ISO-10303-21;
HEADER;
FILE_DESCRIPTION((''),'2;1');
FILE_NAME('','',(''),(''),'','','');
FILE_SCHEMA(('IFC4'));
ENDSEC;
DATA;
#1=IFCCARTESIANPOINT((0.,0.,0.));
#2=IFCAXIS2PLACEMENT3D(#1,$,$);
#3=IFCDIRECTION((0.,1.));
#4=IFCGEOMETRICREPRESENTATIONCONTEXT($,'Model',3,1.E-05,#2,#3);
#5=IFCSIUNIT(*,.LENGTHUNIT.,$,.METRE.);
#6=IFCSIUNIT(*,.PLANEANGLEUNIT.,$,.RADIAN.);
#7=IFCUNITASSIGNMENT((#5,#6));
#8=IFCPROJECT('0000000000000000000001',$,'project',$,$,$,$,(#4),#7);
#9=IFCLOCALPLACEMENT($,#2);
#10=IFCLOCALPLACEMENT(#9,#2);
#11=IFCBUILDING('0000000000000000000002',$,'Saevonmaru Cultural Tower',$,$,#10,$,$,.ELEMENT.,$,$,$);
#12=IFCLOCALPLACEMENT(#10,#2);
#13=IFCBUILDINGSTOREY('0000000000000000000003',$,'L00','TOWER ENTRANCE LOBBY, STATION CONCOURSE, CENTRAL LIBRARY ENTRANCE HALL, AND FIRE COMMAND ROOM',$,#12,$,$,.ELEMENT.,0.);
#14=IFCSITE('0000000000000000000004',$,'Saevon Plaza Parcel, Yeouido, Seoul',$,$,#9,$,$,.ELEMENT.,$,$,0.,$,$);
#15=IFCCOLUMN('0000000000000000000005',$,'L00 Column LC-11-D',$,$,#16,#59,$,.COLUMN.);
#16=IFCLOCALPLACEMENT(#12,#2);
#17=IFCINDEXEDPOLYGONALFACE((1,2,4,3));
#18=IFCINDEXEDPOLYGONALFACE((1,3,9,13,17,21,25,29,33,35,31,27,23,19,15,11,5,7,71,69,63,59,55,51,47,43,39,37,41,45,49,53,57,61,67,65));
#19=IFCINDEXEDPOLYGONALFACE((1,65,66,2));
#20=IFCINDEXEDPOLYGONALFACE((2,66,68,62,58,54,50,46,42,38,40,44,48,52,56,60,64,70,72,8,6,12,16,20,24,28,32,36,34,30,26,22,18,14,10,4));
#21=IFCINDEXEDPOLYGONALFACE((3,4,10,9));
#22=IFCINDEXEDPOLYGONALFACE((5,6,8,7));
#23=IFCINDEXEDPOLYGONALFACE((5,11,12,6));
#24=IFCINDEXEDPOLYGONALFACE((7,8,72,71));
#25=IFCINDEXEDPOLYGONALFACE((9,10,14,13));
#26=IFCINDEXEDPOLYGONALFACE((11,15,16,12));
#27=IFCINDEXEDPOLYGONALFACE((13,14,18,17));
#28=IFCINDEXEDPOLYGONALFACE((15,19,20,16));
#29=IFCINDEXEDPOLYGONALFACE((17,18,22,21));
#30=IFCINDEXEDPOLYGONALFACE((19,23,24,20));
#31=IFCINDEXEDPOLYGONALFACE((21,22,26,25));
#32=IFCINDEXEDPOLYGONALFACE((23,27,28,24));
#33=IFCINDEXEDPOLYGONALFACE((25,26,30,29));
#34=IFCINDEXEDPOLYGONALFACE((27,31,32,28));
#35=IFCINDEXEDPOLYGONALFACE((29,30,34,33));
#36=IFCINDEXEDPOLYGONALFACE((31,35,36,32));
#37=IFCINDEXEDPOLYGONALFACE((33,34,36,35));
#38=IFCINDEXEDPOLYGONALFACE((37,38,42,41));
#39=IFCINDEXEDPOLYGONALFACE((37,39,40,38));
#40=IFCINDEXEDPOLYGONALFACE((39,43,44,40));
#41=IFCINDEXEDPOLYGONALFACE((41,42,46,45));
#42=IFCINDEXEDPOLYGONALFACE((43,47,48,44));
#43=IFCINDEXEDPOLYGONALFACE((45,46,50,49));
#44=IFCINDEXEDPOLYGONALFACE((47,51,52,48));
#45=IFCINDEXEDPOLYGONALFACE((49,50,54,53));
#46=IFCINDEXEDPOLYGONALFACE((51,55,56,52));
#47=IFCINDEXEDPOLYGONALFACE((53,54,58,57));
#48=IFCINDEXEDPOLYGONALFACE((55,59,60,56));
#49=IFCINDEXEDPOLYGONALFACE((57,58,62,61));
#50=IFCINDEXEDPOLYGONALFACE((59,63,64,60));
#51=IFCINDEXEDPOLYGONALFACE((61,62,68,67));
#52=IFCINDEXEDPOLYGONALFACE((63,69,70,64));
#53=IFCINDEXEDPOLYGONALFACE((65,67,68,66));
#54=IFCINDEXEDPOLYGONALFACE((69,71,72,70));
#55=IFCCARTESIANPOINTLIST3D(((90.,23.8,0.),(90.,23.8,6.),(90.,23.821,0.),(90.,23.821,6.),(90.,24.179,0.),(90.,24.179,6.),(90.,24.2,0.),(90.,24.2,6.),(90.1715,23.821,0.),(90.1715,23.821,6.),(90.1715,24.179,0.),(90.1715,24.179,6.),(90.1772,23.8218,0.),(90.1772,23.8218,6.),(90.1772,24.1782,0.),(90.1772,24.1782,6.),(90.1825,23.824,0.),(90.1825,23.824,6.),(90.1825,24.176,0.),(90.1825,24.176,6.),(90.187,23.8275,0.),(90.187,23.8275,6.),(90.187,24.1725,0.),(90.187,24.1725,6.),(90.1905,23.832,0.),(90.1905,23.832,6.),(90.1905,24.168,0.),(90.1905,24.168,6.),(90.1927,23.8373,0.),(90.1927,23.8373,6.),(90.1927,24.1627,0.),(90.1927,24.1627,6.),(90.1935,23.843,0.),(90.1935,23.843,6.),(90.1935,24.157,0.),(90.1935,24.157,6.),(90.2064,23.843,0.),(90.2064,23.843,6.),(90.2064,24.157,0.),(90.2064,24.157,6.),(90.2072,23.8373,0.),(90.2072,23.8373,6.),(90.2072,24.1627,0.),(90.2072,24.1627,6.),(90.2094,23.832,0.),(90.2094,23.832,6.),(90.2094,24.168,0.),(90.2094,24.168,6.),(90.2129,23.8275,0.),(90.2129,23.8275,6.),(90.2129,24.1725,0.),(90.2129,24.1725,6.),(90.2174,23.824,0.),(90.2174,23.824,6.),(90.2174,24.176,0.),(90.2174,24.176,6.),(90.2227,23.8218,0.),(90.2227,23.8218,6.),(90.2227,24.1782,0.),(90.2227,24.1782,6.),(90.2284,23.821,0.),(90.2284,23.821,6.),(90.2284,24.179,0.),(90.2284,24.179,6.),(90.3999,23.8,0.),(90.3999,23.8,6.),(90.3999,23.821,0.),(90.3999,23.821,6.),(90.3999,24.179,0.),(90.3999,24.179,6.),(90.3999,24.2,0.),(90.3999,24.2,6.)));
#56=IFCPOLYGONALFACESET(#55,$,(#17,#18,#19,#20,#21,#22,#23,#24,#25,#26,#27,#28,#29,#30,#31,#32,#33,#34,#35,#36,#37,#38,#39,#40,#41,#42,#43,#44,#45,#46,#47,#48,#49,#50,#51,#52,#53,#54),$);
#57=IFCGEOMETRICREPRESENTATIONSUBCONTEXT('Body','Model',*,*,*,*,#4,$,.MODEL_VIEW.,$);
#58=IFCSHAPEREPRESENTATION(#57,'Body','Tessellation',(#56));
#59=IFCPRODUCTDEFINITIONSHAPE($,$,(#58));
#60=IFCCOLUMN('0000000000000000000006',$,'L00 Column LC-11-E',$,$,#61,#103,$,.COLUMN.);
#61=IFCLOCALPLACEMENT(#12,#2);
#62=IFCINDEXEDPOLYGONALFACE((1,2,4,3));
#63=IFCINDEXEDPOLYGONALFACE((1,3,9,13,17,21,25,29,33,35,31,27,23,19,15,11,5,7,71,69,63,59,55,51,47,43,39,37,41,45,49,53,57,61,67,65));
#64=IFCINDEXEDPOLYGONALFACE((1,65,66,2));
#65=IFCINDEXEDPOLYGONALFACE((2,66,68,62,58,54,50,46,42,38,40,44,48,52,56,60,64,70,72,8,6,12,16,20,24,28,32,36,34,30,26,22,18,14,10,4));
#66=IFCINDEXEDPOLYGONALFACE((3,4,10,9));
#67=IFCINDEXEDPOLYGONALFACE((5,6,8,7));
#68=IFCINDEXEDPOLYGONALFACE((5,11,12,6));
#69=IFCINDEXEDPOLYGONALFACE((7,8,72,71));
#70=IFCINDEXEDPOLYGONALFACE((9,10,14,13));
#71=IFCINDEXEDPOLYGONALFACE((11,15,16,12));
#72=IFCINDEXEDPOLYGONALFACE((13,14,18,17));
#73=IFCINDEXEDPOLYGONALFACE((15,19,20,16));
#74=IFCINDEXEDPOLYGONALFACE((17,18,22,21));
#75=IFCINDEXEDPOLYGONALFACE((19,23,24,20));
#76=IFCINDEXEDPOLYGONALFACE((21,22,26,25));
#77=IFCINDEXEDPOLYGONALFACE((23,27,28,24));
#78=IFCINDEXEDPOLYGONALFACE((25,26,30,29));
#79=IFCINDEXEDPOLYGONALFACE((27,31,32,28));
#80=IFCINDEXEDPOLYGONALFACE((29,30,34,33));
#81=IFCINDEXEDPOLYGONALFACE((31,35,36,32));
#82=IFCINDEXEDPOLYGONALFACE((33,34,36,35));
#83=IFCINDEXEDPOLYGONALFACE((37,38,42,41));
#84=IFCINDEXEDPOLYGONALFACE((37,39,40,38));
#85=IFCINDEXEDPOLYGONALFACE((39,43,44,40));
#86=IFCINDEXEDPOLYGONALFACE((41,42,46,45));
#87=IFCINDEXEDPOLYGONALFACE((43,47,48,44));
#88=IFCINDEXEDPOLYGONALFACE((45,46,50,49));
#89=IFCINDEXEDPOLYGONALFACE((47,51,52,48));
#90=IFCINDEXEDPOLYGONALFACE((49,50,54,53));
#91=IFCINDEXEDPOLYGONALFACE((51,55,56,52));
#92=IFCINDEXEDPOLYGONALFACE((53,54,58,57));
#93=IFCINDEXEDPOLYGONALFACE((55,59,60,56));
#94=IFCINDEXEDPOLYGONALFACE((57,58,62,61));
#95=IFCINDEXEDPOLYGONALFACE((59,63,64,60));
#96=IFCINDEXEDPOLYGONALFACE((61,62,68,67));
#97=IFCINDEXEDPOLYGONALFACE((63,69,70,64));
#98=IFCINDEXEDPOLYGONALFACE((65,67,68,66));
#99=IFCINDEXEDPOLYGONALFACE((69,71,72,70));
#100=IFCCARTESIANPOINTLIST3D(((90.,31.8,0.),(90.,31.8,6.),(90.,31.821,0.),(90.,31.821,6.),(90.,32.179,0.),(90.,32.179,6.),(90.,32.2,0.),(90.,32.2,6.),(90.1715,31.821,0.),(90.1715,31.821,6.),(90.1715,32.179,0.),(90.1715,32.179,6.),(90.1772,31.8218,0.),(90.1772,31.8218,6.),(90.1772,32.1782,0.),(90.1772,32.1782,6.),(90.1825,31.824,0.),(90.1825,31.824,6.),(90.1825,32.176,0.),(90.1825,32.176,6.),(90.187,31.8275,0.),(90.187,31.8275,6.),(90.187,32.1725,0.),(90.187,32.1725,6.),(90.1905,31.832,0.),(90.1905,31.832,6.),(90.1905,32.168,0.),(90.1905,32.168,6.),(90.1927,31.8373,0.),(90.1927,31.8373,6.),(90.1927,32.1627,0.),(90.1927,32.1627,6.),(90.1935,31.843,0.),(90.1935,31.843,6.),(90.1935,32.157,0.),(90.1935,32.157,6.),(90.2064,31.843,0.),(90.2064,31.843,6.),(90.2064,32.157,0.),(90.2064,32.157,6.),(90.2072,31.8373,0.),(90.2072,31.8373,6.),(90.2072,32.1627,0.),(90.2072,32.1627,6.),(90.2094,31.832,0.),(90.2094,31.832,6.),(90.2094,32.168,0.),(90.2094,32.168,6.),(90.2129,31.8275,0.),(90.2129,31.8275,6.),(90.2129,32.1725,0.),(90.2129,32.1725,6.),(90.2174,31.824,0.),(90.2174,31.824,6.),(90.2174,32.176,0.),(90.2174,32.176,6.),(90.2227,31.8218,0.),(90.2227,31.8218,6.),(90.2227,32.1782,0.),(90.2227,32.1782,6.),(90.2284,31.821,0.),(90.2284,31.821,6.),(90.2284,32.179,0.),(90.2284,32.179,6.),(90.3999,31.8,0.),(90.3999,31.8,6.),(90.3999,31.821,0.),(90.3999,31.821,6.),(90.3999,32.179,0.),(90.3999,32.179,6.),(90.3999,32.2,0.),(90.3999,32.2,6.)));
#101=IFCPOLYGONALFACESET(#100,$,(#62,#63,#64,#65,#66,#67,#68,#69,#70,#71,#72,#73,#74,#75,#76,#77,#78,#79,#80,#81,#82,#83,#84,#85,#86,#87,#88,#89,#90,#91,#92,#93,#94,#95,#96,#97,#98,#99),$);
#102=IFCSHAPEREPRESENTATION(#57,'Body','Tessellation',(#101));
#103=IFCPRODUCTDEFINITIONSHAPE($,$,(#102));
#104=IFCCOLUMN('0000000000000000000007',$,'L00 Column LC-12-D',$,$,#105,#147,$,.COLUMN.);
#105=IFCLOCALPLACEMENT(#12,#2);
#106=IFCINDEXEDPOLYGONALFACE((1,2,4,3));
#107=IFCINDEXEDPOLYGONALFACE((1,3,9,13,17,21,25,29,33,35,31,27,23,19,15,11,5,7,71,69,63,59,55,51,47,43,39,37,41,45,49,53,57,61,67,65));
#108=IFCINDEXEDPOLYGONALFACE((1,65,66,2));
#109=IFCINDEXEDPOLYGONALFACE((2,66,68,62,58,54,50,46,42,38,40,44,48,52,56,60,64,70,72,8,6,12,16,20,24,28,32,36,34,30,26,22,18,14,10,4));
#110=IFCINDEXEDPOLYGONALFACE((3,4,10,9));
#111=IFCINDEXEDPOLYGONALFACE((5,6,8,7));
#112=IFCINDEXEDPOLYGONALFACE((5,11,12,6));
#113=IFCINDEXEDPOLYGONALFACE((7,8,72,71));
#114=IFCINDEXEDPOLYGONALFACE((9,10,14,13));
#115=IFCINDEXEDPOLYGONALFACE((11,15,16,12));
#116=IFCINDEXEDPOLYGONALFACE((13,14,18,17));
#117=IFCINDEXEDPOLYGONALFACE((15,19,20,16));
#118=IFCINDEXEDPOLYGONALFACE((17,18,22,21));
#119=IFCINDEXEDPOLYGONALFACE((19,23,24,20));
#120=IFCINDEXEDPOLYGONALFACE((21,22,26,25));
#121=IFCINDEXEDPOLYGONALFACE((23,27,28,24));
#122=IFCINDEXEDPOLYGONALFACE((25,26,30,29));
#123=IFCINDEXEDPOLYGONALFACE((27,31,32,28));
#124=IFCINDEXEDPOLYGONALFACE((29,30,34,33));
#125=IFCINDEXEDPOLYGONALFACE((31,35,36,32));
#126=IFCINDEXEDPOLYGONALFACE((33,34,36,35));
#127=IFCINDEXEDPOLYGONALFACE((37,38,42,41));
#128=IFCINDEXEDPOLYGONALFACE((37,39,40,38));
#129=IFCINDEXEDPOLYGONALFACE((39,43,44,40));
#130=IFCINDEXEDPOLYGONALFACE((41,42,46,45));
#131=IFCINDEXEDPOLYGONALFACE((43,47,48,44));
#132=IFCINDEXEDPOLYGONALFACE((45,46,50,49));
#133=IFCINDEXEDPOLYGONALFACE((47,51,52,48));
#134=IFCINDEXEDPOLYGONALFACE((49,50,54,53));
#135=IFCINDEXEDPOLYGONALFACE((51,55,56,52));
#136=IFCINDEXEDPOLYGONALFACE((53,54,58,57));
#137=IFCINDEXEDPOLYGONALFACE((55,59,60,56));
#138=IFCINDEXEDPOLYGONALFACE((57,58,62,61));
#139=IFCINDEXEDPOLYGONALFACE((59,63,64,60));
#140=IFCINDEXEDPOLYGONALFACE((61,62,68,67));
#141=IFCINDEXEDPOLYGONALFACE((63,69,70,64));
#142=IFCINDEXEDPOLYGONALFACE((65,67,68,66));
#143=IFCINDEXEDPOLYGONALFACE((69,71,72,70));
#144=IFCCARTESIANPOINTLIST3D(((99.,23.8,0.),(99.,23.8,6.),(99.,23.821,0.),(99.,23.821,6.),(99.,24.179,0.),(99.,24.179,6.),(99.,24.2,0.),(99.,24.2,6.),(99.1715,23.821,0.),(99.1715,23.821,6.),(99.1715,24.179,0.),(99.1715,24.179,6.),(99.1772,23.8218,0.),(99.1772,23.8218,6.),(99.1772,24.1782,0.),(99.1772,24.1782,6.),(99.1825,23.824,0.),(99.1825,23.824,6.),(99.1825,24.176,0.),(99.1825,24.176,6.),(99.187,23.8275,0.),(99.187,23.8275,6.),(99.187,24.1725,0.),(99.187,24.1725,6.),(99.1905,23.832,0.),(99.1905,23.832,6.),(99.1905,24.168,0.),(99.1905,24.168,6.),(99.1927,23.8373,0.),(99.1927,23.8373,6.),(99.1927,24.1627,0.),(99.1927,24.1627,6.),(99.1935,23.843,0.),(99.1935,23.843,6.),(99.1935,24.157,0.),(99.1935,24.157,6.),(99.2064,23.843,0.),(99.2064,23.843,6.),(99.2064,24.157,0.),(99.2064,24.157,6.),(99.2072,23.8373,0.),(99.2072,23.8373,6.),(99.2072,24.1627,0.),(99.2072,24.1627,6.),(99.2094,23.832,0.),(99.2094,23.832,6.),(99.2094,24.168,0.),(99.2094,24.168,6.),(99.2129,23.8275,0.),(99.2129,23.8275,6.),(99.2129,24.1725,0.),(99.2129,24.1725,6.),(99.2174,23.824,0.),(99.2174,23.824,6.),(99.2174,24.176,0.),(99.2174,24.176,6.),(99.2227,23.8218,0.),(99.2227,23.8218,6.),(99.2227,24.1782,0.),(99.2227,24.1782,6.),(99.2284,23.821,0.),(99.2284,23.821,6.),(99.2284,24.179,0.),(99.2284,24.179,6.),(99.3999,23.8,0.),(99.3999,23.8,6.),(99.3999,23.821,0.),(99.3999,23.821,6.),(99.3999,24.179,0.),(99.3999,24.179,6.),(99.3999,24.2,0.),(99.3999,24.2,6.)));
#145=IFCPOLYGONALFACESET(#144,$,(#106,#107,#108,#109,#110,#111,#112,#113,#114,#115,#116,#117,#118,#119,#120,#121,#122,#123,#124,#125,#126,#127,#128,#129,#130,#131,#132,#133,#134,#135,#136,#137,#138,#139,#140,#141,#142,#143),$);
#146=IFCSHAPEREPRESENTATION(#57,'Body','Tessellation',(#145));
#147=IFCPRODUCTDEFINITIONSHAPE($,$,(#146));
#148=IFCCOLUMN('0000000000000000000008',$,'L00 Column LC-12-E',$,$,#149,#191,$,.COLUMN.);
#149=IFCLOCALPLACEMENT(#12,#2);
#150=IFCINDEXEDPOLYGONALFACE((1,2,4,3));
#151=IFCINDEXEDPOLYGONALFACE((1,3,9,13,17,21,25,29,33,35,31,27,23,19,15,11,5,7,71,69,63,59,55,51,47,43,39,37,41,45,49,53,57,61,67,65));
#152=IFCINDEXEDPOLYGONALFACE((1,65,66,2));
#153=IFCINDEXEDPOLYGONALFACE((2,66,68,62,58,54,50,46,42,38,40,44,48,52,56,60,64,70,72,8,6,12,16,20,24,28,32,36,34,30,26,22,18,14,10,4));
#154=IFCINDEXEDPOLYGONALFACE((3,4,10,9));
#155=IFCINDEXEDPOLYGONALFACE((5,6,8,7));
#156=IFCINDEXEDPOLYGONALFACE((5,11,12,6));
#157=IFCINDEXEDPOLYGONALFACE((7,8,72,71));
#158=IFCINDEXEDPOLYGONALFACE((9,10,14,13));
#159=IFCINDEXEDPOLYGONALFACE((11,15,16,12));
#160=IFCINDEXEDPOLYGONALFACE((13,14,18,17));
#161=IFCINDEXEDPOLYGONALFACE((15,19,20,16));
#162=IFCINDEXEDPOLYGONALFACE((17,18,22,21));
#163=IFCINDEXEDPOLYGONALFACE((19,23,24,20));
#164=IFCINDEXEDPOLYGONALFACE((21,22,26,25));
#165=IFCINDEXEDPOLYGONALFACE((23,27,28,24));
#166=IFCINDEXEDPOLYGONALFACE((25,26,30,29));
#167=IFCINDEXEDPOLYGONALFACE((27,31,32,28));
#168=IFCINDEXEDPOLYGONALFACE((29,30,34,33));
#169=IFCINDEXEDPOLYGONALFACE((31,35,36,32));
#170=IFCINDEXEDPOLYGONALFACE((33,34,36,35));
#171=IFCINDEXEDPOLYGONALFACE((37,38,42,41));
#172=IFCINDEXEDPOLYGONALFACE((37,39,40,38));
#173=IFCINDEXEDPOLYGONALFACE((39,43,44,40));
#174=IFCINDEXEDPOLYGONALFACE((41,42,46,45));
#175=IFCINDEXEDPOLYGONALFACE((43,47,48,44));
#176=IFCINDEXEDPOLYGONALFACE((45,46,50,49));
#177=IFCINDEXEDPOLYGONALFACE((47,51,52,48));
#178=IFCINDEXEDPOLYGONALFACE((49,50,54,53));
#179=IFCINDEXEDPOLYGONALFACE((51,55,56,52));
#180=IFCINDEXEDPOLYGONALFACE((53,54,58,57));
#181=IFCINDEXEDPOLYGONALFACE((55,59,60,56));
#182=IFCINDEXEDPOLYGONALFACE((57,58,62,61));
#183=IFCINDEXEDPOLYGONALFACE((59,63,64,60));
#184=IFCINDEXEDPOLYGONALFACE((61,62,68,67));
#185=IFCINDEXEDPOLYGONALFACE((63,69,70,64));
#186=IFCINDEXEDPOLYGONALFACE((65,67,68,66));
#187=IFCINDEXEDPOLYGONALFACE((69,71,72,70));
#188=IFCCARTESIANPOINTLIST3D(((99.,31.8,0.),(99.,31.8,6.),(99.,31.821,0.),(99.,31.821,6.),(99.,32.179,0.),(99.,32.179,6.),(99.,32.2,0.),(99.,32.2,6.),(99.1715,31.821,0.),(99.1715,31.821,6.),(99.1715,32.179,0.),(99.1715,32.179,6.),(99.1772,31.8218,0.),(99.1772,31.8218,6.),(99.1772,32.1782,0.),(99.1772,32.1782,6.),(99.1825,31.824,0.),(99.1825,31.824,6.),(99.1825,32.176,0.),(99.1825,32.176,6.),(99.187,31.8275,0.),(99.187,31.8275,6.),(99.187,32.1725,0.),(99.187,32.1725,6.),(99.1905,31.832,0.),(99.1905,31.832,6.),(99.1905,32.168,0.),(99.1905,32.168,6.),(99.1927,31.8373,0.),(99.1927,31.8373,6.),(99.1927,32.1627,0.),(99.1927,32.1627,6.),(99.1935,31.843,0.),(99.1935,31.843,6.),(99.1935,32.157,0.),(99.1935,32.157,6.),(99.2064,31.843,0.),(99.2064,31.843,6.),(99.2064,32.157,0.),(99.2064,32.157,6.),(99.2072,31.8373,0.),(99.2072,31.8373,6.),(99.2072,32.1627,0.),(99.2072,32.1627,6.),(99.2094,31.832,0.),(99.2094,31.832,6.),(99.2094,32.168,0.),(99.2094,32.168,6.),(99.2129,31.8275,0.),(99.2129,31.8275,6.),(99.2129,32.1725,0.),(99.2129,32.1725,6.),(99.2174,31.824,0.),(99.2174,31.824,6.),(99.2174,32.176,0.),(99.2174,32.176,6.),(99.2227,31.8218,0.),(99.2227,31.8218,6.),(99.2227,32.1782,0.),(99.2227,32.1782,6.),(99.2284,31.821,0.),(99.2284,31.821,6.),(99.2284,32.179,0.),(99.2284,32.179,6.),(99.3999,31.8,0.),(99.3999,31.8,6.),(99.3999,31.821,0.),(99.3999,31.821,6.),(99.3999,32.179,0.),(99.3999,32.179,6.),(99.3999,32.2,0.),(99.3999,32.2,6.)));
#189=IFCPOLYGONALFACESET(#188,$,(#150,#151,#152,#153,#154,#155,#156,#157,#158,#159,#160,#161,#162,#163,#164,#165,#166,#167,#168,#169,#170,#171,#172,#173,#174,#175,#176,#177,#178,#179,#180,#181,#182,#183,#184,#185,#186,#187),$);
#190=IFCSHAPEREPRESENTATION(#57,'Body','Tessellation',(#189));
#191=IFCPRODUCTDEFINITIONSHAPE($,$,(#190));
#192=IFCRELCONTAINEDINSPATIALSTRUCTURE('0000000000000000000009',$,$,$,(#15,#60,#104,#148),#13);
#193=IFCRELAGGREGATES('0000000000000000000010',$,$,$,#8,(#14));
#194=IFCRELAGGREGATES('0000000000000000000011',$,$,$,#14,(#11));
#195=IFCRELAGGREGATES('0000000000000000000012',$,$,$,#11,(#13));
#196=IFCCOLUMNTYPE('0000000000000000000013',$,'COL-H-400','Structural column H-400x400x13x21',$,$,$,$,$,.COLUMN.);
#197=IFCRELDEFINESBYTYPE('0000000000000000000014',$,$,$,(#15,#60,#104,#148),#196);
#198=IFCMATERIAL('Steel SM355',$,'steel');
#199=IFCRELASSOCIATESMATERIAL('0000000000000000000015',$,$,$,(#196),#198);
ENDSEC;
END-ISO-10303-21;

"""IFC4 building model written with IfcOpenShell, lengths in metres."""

from ifc_helpers import new_model, si_unit, direction, frame, origin, origin_2d, place, context, subcontext, project, spatial, i_section, extrude, material, material_profile, profile_set, type_object, element, save


model = new_model("IFC4")

# Units and contexts
model_context = context("Model", 3, precision=1e-05, world=origin(), true_north=direction((0.0, 1.0)))
body_context = subcontext(model_context, "Body", "Model", "MODEL_VIEW")
ifc_project = project(units=[si_unit("LENGTHUNIT", "METRE"), si_unit("PLANEANGLEUNIT", "RADIAN")], contexts=[model_context])

# Site, building, storey
site_placement = place(None, origin())
site = spatial("IfcSite", under=ifc_project, at=site_placement, Name="Saevon Plaza Parcel, Yeouido, Seoul", CompositionType="ELEMENT", RefElevation=0.0)
building_placement = place(site_placement, origin())
building = spatial("IfcBuilding", under=site, at=building_placement, Name="Saevonmaru Cultural Tower", CompositionType="ELEMENT")
storey_placement = place(building_placement, origin())
storey = spatial("IfcBuildingStorey", under=building, at=storey_placement, Name="L00", Description="TOWER ENTRANCE LOBBY, STATION CONCOURSE, CENTRAL LIBRARY ENTRANCE HALL, AND FIRE COMMAND ROOM", CompositionType="ELEMENT", Elevation=0.0)

# Columns
ifc_material_1 = material(Name="Steel SM355", Category="steel")
ifc_material_profile_1 = material_profile(ifc_material_1, i_section(OverallWidth=0.3999, OverallDepth=0.3999, WebThickness=0.0129, FlangeThickness=0.021, FilletRadius=0.022, at=origin_2d()), Name="H-400x400x13x21")
ifc_profile_set_1 = profile_set([ifc_material_profile_1], Name="Steel SM355")
column_type_1 = type_object("IfcColumnType", Name="COL-H-400", Description="Structural column H-400x400x13x21", PredefinedType="COLUMN", material=ifc_profile_set_1)
for number, where, z_axis, x_axis, name in (
    (1, (90.2, 24.0, 0.0), (0.0, 0.0, 1.0), (1.0, 0.0, 0.0), "L00 Column LC-11-D"),
    (2, (90.2, 32.0, 0.0), (0.0, 0.0, 1.0), (1.0, 0.0, 0.0), "L00 Column LC-11-E"),
    (3, (99.2, 24.0, 0.0), (0.0, 0.0, 1.0), (1.0, 0.0, 0.0), "L00 Column LC-12-D"),
    (4, (99.2, 32.0, 0.0), (0.0, 0.0, 1.0), (1.0, 0.0, 0.0), "L00 Column LC-12-E"),
):
    element("IfcColumn", number, at=place(storey_placement, frame(where, z_axis=z_axis, x_axis=x_axis)), inside=storey, type_object=column_type_1, Name=name, PredefinedType="COLUMN", context=body_context, shape_type="SweptSolid", body=[
        extrude(i_section(OverallWidth=0.3999, OverallDepth=0.3999, WebThickness=0.0129, FlangeThickness=0.021, FilletRadius=0.022, at=origin_2d()), origin(), (0.0, 0.0, 1.0), 6.0),
    ])

save(model, "model.ifc")
